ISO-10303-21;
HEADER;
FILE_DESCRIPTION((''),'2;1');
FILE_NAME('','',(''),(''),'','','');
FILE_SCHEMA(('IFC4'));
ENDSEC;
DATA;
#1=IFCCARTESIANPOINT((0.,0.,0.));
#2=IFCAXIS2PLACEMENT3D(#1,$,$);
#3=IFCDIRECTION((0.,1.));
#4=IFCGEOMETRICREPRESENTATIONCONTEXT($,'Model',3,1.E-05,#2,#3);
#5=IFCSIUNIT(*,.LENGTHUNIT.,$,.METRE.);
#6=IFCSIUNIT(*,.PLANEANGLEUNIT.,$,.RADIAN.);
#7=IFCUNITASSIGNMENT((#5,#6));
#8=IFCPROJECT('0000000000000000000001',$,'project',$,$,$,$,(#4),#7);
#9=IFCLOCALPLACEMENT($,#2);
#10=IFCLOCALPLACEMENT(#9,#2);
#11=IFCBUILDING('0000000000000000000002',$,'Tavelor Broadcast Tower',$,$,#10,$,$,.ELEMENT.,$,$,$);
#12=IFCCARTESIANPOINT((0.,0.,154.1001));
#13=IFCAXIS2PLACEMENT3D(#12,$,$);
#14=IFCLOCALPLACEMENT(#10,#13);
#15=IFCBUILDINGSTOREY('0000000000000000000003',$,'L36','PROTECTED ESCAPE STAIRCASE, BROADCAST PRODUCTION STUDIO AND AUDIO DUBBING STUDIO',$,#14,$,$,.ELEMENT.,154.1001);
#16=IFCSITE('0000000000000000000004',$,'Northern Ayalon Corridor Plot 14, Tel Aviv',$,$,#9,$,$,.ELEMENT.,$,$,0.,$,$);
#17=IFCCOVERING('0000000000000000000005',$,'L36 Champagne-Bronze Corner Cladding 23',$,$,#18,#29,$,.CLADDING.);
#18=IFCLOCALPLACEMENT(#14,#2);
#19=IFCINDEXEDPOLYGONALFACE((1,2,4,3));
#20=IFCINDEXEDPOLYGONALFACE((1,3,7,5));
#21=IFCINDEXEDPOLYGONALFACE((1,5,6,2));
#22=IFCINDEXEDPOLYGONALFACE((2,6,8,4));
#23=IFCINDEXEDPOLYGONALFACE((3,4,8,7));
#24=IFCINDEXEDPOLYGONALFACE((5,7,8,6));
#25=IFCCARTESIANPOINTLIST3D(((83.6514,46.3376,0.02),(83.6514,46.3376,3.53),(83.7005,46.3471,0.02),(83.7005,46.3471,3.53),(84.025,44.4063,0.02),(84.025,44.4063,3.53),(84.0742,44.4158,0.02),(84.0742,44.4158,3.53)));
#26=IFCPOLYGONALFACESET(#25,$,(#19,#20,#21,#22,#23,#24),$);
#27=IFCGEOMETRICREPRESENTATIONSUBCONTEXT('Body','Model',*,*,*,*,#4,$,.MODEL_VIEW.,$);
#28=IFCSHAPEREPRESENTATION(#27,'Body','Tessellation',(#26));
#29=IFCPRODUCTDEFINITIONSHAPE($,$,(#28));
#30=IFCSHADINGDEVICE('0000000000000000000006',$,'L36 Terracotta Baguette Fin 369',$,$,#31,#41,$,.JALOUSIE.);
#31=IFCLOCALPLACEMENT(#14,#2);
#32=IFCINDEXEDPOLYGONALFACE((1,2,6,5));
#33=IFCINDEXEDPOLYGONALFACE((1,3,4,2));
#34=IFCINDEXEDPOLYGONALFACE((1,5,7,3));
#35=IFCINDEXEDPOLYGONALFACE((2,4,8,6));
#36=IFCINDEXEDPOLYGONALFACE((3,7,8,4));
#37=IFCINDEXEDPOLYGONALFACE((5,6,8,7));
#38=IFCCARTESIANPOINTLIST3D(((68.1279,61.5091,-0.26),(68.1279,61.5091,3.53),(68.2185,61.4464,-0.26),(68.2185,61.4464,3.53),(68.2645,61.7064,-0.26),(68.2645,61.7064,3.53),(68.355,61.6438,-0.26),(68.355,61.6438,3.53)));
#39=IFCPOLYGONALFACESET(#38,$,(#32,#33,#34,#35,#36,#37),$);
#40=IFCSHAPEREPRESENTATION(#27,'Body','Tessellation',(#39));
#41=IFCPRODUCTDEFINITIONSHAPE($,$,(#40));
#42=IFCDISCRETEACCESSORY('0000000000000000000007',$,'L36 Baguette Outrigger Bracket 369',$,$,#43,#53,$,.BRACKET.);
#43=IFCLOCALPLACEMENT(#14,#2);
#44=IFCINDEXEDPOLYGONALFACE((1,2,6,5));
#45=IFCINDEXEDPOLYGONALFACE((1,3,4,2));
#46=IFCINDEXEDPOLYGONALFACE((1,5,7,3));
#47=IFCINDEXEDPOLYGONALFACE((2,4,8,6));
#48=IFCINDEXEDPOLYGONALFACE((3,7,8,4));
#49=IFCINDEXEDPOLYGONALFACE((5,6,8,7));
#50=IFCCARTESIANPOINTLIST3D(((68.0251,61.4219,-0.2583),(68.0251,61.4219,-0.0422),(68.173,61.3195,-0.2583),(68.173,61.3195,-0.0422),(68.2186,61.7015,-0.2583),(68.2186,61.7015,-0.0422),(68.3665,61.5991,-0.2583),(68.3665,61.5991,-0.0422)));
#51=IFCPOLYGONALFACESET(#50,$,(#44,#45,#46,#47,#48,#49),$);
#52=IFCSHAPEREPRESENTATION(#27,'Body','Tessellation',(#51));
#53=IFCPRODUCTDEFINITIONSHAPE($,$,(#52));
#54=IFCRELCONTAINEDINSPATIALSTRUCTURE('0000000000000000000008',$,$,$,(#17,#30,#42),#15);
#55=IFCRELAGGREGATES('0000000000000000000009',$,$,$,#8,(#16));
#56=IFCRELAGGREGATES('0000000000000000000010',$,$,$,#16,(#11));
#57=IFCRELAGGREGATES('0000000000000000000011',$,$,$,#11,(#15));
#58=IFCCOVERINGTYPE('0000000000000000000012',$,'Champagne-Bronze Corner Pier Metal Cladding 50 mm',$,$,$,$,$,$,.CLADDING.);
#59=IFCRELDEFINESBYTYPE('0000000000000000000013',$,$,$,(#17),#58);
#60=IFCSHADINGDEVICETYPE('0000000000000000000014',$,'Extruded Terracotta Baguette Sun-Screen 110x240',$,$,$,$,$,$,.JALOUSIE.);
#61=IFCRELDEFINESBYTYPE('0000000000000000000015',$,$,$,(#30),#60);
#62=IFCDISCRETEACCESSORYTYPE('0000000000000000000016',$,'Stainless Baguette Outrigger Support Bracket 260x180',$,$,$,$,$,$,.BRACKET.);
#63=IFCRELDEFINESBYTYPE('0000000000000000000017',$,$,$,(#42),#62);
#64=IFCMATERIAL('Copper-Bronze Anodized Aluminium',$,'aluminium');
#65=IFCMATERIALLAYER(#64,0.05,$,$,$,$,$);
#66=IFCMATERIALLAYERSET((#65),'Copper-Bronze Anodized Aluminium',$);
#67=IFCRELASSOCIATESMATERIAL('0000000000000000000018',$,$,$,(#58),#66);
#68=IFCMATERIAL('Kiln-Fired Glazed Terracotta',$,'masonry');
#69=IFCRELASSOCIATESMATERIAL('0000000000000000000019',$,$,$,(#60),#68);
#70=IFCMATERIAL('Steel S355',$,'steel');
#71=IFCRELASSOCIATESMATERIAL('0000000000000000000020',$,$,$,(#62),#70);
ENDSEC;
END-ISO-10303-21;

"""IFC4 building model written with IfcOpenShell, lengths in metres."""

from ifc_helpers import new_model, si_unit, direction, frame, origin, origin_2d, place, context, subcontext, project, spatial, rectangle, extrude, source, transform, mapped, material, layer, layer_set, type_object, type_shapes, element, save


model = new_model("IFC4")

# Units and contexts
model_context = context("Model", 3, precision=1e-05, world=origin(), true_north=direction((0.0, 1.0)))
body_context = subcontext(model_context, "Body", "Model", "MODEL_VIEW")
ifc_project = project(units=[si_unit("LENGTHUNIT", "METRE"), si_unit("PLANEANGLEUNIT", "RADIAN")], contexts=[model_context])

# Site, building, storey
site_placement = place(None, origin())
site = spatial("IfcSite", under=ifc_project, at=site_placement, Name="Northern Ayalon Corridor Plot 14, Tel Aviv", CompositionType="ELEMENT", RefElevation=0.0)
building_placement = place(site_placement, origin())
building = spatial("IfcBuilding", under=site, at=building_placement, Name="Tavelor Broadcast Tower", CompositionType="ELEMENT")
storey_placement = place(building_placement, frame((0.0, 0.0, 154.1001)))
storey = spatial("IfcBuildingStorey", under=building, at=storey_placement, Name="L36", Description="PROTECTED ESCAPE STAIRCASE, BROADCAST PRODUCTION STUDIO AND AUDIO DUBBING STUDIO", CompositionType="ELEMENT", Elevation=154.1001)

# Shared definitions
ifc_material_1 = material(Name="Steel S355", Category="steel")

# Covering
ifc_material_2 = material(Name="Copper-Bronze Anodized Aluminium", Category="aluminium")
ifc_layer_1 = layer(ifc_material_2, 0.05)
ifc_layer_set_1 = layer_set([ifc_layer_1], Name="Copper-Bronze Anodized Aluminium")
covering_type = type_object("IfcCoveringType", Name="Champagne-Bronze Corner Pier Metal Cladding 50 mm", PredefinedType="CLADDING", material=ifc_layer_set_1)
covering_placement = place(storey_placement, frame((83.8628, 45.3767, 0.02), z_axis=(0.0, 0.0, 1.0), x_axis=(-0.189952, 0.981793, 0.0)))
element("IfcCovering", 1, at=covering_placement, inside=storey, type_object=covering_type, Name="L36 Champagne-Bronze Corner Cladding 23", PredefinedType="CLADDING", context=body_context, shape_type="SweptSolid", body=[
    extrude(rectangle(XDim=1.967, YDim=0.05, at=origin_2d()), origin(), (0.0, 0.0, 1.0), 3.51),
])

# Shading device
ifc_material_3 = material(Name="Kiln-Fired Glazed Terracotta", Category="masonry")
shading_device_type = type_object("IfcShadingDeviceType", Name="Extruded Terracotta Baguette Sun-Screen 110x240", PredefinedType="JALOUSIE", material=ifc_material_3)
shared_shape_1 = source(origin(), body_context, "Body", "SweptSolid", [
    extrude(rectangle(XDim=0.1101, YDim=0.24, at=origin_2d()), origin(), (0.0, 0.0, 1.0), 3.79),
])
type_shapes(shading_device_type, [shared_shape_1])
shading_device_placement = place(storey_placement, frame((68.2415, 61.5764, -0.26), z_axis=(0.0, 0.0, 1.0), x_axis=(-0.822343, 0.568993, 0.0)))
element("IfcShadingDevice", 2, at=shading_device_placement, inside=storey, type_object=shading_device_type, Name="L36 Terracotta Baguette Fin 369", PredefinedType="JALOUSIE", context=body_context, shape_type="MappedRepresentation", body=[
    mapped(shared_shape_1, transform((0.0, 0.0, 0.0), scale=1.0)),
])

# Discrete accessory
discrete_accessory_type = type_object("IfcDiscreteAccessoryType", Name="Stainless Baguette Outrigger Support Bracket 260x180", PredefinedType="BRACKET", material=ifc_material_1)
shared_shape_2 = source(origin(), body_context, "Body", "SweptSolid", [
    extrude(rectangle(XDim=0.1799, YDim=0.3401, at=origin_2d()), origin(), (0.0, 0.0, 1.0), 0.2161),
])
type_shapes(discrete_accessory_type, [shared_shape_2])
discrete_accessory_placement = place(storey_placement, frame((68.1958, 61.5105, -0.2583), z_axis=(0.0, 0.0, 1.0), x_axis=(-0.822343, 0.568993, 0.0)))
element("IfcDiscreteAccessory", 3, at=discrete_accessory_placement, inside=storey, type_object=discrete_accessory_type, Name="L36 Baguette Outrigger Bracket 369", PredefinedType="BRACKET", context=body_context, shape_type="MappedRepresentation", body=[
    mapped(shared_shape_2, transform((0.0, 0.0, 0.0), scale=1.0)),
])

save(model, "model.ifc")
